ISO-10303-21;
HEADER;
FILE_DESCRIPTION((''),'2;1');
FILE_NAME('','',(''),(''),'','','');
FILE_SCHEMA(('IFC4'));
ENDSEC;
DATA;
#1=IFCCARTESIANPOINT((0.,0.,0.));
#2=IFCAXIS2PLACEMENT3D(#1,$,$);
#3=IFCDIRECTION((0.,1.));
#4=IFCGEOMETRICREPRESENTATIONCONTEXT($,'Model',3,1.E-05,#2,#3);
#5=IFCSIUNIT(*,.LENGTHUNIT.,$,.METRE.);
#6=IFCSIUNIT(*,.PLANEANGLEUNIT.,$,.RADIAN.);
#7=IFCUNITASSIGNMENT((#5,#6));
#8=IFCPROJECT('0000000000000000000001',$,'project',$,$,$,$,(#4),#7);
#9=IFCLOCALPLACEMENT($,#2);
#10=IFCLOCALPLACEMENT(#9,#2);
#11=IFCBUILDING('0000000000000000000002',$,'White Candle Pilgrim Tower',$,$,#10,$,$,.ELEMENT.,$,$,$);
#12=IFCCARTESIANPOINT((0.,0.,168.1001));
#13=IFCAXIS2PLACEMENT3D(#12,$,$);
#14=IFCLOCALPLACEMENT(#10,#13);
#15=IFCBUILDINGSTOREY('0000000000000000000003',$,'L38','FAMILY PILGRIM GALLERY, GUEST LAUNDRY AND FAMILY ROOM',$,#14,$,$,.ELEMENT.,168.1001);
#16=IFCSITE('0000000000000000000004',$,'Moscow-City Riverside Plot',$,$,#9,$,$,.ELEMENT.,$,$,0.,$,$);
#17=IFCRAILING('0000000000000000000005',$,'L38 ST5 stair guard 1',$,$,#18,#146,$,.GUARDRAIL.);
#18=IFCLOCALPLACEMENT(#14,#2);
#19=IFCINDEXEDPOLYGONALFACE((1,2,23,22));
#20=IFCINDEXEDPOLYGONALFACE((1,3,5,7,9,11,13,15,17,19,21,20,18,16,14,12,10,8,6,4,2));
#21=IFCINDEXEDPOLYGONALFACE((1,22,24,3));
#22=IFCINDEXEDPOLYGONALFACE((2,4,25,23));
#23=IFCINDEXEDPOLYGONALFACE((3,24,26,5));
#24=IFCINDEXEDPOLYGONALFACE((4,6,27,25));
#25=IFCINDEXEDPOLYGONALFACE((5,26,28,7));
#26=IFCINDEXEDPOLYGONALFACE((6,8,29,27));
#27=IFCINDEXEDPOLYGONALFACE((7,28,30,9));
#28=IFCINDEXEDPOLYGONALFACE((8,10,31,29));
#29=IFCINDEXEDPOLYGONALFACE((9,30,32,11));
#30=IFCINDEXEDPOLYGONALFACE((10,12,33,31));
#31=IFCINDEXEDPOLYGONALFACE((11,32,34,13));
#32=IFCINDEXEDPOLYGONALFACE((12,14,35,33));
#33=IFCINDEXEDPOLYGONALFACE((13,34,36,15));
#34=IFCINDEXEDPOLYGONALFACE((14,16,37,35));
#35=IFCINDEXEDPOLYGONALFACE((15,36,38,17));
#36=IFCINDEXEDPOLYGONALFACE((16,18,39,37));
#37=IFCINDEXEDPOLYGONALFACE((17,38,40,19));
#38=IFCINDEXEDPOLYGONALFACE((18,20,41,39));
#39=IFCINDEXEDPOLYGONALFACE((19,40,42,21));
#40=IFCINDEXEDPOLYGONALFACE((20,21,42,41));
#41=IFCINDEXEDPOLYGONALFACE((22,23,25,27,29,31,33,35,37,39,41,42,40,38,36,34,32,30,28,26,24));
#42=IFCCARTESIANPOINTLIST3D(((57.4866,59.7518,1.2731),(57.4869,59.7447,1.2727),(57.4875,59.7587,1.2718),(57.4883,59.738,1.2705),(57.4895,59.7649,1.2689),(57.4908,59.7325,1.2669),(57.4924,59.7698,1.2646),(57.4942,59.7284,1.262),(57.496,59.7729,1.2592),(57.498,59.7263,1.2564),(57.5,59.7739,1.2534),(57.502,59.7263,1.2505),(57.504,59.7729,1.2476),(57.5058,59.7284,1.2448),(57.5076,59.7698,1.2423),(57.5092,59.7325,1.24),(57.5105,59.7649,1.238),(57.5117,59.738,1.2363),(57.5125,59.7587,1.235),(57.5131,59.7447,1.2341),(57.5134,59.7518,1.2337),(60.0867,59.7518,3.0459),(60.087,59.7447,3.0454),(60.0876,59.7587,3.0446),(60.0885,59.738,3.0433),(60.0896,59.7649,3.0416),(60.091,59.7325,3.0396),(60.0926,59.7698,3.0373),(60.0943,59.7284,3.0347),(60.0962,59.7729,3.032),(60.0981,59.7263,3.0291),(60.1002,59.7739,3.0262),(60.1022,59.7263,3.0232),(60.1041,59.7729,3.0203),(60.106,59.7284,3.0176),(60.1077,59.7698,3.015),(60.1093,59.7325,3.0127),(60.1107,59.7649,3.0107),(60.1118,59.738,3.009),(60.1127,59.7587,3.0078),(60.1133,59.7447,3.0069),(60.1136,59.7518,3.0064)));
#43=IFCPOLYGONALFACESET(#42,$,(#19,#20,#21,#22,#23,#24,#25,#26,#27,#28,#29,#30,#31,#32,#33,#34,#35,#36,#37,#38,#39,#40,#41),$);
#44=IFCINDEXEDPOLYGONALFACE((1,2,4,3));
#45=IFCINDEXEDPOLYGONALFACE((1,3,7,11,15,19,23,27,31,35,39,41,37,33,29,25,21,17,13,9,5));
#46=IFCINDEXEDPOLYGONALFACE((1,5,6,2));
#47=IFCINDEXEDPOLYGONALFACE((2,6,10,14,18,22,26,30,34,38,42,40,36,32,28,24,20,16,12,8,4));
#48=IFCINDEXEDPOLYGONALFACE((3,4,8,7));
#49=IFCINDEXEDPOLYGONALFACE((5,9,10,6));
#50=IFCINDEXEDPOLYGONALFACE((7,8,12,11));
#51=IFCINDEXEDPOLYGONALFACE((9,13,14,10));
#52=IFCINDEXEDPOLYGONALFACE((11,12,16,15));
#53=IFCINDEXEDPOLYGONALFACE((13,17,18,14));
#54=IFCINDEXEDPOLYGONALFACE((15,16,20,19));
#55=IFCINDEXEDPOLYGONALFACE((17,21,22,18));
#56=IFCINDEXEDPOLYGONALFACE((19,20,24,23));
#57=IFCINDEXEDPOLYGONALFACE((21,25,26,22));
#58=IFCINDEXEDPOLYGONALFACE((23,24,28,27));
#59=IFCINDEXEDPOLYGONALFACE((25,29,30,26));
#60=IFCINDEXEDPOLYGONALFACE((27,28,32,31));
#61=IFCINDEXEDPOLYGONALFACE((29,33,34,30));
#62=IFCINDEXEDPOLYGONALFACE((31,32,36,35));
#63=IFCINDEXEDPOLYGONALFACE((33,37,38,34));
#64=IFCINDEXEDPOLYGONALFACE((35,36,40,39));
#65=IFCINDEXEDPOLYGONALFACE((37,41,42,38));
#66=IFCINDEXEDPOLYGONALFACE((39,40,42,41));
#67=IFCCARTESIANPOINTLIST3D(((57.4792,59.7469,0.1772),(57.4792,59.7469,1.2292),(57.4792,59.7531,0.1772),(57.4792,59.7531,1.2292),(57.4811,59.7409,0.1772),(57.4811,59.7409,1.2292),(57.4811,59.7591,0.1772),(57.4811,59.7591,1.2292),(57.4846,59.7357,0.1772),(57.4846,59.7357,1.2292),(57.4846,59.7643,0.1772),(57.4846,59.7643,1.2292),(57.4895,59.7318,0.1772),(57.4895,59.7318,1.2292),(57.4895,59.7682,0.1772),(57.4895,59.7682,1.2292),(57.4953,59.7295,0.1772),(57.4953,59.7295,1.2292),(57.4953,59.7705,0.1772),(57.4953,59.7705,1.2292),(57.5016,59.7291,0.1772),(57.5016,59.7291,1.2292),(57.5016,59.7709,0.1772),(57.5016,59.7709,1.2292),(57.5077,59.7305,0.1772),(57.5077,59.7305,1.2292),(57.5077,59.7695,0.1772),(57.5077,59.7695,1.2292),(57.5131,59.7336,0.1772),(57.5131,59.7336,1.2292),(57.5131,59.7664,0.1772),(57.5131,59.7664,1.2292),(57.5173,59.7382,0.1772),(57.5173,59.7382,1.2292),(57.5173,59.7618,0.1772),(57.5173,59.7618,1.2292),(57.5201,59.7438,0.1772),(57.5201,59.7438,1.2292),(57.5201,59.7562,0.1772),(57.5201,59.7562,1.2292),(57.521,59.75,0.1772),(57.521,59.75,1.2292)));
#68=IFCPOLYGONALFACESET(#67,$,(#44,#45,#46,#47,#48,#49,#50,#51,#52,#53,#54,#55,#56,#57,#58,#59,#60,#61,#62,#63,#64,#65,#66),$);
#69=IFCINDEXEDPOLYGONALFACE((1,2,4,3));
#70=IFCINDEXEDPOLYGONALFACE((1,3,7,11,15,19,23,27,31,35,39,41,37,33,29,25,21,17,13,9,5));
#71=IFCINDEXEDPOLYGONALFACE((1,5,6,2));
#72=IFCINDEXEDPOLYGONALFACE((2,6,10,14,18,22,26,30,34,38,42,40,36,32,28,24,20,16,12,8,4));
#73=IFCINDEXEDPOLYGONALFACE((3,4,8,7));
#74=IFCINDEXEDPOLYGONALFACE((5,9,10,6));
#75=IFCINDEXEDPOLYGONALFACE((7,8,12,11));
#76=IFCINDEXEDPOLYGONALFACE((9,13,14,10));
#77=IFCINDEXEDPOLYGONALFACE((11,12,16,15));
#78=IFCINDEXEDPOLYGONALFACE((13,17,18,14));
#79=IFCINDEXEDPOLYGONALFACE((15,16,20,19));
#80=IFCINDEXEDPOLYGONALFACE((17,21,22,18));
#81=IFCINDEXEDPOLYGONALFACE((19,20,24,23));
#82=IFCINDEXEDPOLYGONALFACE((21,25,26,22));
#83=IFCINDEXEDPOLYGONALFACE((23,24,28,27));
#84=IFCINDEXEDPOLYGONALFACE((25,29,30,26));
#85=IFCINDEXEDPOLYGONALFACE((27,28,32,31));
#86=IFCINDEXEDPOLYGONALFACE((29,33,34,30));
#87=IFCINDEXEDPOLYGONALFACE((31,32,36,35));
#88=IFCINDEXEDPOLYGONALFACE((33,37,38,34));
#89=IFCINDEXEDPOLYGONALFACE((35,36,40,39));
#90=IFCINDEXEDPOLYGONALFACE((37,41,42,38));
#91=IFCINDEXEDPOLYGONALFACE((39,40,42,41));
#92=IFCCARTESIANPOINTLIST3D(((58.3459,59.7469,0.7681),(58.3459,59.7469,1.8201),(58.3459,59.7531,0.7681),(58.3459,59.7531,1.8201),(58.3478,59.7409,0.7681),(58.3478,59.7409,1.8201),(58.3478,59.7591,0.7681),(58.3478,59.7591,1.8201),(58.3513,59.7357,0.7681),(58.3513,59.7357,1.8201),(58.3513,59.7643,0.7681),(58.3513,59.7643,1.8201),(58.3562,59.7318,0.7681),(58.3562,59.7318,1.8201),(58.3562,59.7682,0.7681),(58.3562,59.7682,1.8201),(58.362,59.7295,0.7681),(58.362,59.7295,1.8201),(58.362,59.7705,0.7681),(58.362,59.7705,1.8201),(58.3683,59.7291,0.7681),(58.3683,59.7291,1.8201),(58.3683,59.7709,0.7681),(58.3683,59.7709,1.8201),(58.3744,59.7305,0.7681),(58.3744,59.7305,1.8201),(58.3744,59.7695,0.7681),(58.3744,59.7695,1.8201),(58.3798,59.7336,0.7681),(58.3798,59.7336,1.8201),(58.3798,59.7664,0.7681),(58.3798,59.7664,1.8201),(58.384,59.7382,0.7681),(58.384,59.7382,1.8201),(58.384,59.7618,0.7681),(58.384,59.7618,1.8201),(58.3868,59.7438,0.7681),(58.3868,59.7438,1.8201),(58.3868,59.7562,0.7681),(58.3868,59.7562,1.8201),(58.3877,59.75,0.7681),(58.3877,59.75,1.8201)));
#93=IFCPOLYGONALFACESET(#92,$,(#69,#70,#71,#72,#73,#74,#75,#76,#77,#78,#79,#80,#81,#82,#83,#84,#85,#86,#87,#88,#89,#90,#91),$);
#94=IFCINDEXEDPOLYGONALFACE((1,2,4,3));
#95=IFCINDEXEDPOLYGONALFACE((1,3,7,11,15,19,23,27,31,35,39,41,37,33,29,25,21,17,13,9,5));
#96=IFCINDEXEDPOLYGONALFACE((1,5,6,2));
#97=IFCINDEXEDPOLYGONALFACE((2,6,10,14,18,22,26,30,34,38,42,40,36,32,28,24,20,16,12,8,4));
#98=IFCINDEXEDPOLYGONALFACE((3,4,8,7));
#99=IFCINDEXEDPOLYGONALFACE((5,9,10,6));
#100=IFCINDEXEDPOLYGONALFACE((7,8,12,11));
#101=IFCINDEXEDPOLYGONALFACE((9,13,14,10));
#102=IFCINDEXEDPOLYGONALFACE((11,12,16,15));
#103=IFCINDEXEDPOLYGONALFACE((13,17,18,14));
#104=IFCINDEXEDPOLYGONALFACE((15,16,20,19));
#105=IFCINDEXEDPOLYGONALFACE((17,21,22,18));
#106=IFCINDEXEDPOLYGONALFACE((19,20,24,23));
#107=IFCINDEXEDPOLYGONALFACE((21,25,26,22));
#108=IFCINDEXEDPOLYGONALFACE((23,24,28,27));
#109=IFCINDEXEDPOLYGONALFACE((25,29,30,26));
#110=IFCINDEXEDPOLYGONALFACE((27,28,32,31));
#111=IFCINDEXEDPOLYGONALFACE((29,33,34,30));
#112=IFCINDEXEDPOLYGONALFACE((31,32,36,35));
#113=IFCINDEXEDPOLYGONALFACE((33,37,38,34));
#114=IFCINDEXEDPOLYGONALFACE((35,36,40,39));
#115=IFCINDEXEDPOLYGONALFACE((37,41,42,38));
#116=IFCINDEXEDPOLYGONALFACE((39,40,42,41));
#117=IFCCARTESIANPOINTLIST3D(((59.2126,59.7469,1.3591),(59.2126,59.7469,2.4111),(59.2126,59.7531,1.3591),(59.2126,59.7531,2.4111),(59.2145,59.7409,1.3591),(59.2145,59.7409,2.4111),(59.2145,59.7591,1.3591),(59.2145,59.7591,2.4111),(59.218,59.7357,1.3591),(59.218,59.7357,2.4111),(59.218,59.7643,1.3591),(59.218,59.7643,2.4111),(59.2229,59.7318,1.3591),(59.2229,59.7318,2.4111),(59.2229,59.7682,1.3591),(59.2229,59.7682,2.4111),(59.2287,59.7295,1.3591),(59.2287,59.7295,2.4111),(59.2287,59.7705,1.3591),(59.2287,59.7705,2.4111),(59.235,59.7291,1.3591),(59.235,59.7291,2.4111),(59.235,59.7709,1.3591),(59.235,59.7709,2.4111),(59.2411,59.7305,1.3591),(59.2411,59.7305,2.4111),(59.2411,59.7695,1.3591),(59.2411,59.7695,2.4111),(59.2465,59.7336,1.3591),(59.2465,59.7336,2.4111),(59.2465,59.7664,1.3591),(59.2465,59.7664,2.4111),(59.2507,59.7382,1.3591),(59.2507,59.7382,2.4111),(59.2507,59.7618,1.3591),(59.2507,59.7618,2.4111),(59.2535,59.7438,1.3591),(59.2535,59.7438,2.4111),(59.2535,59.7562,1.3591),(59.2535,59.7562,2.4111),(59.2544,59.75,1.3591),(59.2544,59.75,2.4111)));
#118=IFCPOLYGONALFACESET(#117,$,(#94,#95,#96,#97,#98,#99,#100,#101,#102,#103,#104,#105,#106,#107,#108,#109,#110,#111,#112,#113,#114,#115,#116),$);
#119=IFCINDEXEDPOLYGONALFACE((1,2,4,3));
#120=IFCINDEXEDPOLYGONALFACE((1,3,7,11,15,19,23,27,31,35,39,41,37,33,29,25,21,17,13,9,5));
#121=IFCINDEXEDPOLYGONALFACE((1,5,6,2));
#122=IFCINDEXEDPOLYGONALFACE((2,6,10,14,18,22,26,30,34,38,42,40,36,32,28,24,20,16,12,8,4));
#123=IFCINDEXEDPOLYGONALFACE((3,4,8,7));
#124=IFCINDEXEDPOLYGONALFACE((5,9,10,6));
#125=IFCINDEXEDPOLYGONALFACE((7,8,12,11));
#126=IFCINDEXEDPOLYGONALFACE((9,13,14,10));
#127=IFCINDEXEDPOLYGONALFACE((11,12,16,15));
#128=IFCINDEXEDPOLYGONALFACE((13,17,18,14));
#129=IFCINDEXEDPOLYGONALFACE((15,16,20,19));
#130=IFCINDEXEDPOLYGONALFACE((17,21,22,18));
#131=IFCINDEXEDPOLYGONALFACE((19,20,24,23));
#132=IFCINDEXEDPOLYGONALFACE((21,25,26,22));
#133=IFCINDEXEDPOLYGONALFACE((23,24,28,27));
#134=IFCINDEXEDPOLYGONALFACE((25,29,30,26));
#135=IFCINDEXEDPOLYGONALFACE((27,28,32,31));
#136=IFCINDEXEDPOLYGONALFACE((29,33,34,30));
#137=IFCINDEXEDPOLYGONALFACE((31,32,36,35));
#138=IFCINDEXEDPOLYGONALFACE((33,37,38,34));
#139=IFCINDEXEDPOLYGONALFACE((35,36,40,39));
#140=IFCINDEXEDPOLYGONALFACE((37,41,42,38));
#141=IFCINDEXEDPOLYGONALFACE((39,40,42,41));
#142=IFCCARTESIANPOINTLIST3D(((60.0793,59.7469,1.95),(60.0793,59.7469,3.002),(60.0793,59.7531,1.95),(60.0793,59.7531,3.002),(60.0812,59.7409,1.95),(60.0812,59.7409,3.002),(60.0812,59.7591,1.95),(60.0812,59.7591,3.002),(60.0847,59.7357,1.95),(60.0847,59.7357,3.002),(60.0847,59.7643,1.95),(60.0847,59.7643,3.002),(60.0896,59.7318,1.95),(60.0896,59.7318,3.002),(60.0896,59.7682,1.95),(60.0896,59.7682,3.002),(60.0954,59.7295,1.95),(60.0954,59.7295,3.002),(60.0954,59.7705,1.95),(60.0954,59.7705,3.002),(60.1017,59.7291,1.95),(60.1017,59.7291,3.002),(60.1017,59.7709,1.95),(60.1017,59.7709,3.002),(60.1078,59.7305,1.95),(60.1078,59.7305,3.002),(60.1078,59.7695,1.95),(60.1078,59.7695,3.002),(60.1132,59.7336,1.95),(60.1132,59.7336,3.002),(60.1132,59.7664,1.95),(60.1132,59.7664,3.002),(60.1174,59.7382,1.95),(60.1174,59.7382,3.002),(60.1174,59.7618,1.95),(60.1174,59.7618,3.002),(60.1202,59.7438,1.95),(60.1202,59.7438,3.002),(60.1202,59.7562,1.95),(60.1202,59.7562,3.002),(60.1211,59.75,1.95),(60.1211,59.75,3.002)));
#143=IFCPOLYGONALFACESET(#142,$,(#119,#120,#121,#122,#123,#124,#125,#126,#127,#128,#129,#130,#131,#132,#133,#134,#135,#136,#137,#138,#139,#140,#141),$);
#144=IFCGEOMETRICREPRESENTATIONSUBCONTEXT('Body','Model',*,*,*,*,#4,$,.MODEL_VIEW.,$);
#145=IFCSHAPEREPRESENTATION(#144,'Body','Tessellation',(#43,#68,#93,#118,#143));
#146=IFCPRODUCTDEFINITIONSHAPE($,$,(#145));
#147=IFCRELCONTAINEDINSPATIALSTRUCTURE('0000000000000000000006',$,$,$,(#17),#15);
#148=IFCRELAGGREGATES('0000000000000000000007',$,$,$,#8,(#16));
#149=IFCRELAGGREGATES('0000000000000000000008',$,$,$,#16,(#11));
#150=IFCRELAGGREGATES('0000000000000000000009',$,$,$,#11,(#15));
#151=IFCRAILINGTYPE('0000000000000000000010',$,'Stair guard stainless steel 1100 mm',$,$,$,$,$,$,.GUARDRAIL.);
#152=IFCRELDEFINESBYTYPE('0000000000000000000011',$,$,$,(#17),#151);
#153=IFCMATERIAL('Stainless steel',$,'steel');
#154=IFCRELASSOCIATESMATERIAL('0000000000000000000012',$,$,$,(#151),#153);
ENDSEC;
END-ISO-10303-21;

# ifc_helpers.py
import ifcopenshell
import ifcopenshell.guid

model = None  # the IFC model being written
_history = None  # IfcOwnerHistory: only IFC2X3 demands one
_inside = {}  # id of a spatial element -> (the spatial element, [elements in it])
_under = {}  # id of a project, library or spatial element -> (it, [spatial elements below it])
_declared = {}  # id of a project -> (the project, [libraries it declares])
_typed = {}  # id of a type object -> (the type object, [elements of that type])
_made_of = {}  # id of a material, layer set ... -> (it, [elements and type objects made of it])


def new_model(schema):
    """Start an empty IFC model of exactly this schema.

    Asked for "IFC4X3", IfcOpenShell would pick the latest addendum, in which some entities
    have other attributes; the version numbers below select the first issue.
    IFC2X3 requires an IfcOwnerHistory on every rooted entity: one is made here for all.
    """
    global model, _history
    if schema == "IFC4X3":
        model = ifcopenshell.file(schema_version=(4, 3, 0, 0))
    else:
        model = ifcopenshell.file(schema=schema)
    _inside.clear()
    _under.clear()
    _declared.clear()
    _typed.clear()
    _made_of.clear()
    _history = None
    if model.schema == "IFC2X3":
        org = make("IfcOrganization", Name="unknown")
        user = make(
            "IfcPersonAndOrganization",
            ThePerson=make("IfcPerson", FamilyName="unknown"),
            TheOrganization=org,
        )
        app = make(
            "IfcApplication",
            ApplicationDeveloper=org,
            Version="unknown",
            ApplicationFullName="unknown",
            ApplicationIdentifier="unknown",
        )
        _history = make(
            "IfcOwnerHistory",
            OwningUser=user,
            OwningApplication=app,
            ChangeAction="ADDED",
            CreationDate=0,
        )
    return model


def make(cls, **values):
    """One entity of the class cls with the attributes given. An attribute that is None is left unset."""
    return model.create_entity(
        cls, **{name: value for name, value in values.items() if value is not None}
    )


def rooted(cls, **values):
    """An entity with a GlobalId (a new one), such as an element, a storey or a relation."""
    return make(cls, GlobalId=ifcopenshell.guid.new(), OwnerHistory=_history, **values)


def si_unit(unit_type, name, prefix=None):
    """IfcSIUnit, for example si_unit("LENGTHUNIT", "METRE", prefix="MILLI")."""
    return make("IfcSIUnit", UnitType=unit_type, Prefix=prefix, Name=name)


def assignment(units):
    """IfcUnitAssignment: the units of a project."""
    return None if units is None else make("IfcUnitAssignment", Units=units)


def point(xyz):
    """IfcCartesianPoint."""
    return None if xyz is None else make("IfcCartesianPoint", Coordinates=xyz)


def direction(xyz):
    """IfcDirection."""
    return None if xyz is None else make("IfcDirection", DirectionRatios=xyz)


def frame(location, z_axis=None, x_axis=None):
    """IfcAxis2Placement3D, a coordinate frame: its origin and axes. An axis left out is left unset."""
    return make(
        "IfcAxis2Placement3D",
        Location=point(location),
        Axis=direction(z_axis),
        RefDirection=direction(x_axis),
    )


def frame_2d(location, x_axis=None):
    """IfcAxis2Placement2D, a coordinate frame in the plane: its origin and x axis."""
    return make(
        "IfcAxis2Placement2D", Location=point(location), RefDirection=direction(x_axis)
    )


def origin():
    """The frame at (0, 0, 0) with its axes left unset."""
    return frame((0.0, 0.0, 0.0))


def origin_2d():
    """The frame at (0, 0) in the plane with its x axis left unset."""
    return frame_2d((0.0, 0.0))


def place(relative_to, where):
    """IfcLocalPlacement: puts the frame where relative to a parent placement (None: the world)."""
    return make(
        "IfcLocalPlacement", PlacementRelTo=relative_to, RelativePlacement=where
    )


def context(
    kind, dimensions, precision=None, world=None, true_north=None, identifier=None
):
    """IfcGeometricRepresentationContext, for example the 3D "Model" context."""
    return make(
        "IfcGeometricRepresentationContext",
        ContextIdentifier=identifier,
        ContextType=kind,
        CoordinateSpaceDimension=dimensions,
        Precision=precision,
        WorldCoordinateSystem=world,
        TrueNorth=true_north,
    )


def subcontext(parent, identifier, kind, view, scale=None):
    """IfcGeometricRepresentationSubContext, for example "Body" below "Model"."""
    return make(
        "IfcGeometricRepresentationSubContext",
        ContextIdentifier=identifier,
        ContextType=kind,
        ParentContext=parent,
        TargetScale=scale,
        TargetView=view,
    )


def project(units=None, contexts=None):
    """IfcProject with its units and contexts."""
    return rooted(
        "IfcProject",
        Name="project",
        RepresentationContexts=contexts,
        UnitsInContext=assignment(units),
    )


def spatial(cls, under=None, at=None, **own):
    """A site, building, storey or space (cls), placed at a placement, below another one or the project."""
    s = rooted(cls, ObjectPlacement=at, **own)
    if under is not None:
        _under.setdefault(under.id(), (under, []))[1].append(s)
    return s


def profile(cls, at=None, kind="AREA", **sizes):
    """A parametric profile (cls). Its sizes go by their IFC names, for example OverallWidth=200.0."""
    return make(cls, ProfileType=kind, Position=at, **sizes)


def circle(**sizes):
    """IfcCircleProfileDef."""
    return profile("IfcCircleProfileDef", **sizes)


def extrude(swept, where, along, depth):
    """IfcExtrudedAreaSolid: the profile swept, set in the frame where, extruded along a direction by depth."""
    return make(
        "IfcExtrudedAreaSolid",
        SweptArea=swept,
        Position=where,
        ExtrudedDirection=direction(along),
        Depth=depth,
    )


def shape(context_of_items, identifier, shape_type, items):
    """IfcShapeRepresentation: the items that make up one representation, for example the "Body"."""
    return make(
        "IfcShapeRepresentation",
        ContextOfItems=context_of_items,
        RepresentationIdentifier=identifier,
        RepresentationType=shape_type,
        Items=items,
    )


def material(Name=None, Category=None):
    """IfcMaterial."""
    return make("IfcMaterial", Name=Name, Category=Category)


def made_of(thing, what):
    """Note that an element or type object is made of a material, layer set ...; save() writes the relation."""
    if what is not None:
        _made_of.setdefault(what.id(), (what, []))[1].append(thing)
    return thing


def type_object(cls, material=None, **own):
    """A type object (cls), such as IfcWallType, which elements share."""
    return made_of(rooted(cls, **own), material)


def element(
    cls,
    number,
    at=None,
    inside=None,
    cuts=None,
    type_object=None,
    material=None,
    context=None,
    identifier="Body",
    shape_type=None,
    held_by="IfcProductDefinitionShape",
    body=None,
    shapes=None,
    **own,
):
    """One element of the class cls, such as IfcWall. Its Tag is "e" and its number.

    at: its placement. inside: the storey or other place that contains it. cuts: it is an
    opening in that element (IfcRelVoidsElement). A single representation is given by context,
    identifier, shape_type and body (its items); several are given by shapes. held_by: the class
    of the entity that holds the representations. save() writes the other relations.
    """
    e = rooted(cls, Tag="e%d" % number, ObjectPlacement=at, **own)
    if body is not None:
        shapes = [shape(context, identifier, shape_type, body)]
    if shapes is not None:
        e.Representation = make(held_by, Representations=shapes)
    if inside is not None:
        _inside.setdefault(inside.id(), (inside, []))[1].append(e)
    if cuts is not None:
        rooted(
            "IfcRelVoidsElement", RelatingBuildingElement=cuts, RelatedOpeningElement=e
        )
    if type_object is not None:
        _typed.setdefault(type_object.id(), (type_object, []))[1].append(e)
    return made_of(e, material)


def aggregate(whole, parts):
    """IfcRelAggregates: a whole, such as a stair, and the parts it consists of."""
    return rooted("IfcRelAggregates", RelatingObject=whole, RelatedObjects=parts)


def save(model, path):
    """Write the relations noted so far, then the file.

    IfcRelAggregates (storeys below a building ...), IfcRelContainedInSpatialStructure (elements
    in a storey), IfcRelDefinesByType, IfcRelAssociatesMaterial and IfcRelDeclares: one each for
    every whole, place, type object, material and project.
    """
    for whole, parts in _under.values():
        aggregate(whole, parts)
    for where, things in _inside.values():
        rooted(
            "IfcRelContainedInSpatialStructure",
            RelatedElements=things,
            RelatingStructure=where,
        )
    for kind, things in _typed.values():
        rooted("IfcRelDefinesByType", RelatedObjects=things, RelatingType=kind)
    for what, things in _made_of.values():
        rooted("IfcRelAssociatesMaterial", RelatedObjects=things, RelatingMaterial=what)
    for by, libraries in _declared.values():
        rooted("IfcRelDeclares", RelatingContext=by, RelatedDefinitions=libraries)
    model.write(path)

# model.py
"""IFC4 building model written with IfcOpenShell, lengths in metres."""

from ifc_helpers import new_model, si_unit, direction, frame, origin, origin_2d, place, context, subcontext, project, spatial, circle, extrude, material, type_object, element, save


model = new_model("IFC4")

# Units and contexts
model_context = context("Model", 3, precision=1e-05, world=origin(), true_north=direction((0.0, 1.0)))
body_context = subcontext(model_context, "Body", "Model", "MODEL_VIEW")
ifc_project = project(units=[si_unit("LENGTHUNIT", "METRE"), si_unit("PLANEANGLEUNIT", "RADIAN")], contexts=[model_context])

# Site, building, storey
site_placement = place(None, origin())
site = spatial("IfcSite", under=ifc_project, at=site_placement, Name="Moscow-City Riverside Plot", CompositionType="ELEMENT", RefElevation=0.0)
building_placement = place(site_placement, origin())
building = spatial("IfcBuilding", under=site, at=building_placement, Name="White Candle Pilgrim Tower", CompositionType="ELEMENT")
storey_placement = place(building_placement, frame((0.0, 0.0, 168.1001)))
storey = spatial("IfcBuildingStorey", under=building, at=storey_placement, Name="L38", Description="FAMILY PILGRIM GALLERY, GUEST LAUNDRY AND FAMILY ROOM", CompositionType="ELEMENT", Elevation=168.1001)

# Railing
ifc_material_1 = material(Name="Stainless steel", Category="steel")
railing_type_1 = type_object("IfcRailingType", Name="Stair guard stainless steel 1100 mm", PredefinedType="GUARDRAIL", material=ifc_material_1)
railing_1_placement = place(storey_placement, frame((57.5, 59.75, 0.1772)))
element("IfcRailing", 1, at=railing_1_placement, inside=storey, type_object=railing_type_1, Name="L38 ST5 stair guard 1", PredefinedType="GUARDRAIL", context=body_context, shape_type="SweptSolid", body=[
    extrude(circle(Radius=0.0239, at=origin_2d()), frame((0.0, 0.0, 1.0762), z_axis=(0.82624, 0.0, 0.563318), x_axis=(0.0, 1.0, 0.0)), (0.0, 0.0, 1.0), 3.147),
    extrude(circle(Radius=0.021, at=origin_2d()), origin(), (0.0, 0.0, 1.0), 1.052),
    extrude(circle(Radius=0.021, at=origin_2d()), frame((0.8667, 0.0, 0.5908)), (0.0, 0.0, 1.0), 1.052),
    extrude(circle(Radius=0.021, at=origin_2d()), frame((1.7334, 0.0, 1.1819)), (0.0, 0.0, 1.0), 1.052),
    extrude(circle(Radius=0.021, at=origin_2d()), frame((2.6001, 0.0, 1.7727)), (0.0, 0.0, 1.0), 1.052),
])

save(model, "model.ifc")
